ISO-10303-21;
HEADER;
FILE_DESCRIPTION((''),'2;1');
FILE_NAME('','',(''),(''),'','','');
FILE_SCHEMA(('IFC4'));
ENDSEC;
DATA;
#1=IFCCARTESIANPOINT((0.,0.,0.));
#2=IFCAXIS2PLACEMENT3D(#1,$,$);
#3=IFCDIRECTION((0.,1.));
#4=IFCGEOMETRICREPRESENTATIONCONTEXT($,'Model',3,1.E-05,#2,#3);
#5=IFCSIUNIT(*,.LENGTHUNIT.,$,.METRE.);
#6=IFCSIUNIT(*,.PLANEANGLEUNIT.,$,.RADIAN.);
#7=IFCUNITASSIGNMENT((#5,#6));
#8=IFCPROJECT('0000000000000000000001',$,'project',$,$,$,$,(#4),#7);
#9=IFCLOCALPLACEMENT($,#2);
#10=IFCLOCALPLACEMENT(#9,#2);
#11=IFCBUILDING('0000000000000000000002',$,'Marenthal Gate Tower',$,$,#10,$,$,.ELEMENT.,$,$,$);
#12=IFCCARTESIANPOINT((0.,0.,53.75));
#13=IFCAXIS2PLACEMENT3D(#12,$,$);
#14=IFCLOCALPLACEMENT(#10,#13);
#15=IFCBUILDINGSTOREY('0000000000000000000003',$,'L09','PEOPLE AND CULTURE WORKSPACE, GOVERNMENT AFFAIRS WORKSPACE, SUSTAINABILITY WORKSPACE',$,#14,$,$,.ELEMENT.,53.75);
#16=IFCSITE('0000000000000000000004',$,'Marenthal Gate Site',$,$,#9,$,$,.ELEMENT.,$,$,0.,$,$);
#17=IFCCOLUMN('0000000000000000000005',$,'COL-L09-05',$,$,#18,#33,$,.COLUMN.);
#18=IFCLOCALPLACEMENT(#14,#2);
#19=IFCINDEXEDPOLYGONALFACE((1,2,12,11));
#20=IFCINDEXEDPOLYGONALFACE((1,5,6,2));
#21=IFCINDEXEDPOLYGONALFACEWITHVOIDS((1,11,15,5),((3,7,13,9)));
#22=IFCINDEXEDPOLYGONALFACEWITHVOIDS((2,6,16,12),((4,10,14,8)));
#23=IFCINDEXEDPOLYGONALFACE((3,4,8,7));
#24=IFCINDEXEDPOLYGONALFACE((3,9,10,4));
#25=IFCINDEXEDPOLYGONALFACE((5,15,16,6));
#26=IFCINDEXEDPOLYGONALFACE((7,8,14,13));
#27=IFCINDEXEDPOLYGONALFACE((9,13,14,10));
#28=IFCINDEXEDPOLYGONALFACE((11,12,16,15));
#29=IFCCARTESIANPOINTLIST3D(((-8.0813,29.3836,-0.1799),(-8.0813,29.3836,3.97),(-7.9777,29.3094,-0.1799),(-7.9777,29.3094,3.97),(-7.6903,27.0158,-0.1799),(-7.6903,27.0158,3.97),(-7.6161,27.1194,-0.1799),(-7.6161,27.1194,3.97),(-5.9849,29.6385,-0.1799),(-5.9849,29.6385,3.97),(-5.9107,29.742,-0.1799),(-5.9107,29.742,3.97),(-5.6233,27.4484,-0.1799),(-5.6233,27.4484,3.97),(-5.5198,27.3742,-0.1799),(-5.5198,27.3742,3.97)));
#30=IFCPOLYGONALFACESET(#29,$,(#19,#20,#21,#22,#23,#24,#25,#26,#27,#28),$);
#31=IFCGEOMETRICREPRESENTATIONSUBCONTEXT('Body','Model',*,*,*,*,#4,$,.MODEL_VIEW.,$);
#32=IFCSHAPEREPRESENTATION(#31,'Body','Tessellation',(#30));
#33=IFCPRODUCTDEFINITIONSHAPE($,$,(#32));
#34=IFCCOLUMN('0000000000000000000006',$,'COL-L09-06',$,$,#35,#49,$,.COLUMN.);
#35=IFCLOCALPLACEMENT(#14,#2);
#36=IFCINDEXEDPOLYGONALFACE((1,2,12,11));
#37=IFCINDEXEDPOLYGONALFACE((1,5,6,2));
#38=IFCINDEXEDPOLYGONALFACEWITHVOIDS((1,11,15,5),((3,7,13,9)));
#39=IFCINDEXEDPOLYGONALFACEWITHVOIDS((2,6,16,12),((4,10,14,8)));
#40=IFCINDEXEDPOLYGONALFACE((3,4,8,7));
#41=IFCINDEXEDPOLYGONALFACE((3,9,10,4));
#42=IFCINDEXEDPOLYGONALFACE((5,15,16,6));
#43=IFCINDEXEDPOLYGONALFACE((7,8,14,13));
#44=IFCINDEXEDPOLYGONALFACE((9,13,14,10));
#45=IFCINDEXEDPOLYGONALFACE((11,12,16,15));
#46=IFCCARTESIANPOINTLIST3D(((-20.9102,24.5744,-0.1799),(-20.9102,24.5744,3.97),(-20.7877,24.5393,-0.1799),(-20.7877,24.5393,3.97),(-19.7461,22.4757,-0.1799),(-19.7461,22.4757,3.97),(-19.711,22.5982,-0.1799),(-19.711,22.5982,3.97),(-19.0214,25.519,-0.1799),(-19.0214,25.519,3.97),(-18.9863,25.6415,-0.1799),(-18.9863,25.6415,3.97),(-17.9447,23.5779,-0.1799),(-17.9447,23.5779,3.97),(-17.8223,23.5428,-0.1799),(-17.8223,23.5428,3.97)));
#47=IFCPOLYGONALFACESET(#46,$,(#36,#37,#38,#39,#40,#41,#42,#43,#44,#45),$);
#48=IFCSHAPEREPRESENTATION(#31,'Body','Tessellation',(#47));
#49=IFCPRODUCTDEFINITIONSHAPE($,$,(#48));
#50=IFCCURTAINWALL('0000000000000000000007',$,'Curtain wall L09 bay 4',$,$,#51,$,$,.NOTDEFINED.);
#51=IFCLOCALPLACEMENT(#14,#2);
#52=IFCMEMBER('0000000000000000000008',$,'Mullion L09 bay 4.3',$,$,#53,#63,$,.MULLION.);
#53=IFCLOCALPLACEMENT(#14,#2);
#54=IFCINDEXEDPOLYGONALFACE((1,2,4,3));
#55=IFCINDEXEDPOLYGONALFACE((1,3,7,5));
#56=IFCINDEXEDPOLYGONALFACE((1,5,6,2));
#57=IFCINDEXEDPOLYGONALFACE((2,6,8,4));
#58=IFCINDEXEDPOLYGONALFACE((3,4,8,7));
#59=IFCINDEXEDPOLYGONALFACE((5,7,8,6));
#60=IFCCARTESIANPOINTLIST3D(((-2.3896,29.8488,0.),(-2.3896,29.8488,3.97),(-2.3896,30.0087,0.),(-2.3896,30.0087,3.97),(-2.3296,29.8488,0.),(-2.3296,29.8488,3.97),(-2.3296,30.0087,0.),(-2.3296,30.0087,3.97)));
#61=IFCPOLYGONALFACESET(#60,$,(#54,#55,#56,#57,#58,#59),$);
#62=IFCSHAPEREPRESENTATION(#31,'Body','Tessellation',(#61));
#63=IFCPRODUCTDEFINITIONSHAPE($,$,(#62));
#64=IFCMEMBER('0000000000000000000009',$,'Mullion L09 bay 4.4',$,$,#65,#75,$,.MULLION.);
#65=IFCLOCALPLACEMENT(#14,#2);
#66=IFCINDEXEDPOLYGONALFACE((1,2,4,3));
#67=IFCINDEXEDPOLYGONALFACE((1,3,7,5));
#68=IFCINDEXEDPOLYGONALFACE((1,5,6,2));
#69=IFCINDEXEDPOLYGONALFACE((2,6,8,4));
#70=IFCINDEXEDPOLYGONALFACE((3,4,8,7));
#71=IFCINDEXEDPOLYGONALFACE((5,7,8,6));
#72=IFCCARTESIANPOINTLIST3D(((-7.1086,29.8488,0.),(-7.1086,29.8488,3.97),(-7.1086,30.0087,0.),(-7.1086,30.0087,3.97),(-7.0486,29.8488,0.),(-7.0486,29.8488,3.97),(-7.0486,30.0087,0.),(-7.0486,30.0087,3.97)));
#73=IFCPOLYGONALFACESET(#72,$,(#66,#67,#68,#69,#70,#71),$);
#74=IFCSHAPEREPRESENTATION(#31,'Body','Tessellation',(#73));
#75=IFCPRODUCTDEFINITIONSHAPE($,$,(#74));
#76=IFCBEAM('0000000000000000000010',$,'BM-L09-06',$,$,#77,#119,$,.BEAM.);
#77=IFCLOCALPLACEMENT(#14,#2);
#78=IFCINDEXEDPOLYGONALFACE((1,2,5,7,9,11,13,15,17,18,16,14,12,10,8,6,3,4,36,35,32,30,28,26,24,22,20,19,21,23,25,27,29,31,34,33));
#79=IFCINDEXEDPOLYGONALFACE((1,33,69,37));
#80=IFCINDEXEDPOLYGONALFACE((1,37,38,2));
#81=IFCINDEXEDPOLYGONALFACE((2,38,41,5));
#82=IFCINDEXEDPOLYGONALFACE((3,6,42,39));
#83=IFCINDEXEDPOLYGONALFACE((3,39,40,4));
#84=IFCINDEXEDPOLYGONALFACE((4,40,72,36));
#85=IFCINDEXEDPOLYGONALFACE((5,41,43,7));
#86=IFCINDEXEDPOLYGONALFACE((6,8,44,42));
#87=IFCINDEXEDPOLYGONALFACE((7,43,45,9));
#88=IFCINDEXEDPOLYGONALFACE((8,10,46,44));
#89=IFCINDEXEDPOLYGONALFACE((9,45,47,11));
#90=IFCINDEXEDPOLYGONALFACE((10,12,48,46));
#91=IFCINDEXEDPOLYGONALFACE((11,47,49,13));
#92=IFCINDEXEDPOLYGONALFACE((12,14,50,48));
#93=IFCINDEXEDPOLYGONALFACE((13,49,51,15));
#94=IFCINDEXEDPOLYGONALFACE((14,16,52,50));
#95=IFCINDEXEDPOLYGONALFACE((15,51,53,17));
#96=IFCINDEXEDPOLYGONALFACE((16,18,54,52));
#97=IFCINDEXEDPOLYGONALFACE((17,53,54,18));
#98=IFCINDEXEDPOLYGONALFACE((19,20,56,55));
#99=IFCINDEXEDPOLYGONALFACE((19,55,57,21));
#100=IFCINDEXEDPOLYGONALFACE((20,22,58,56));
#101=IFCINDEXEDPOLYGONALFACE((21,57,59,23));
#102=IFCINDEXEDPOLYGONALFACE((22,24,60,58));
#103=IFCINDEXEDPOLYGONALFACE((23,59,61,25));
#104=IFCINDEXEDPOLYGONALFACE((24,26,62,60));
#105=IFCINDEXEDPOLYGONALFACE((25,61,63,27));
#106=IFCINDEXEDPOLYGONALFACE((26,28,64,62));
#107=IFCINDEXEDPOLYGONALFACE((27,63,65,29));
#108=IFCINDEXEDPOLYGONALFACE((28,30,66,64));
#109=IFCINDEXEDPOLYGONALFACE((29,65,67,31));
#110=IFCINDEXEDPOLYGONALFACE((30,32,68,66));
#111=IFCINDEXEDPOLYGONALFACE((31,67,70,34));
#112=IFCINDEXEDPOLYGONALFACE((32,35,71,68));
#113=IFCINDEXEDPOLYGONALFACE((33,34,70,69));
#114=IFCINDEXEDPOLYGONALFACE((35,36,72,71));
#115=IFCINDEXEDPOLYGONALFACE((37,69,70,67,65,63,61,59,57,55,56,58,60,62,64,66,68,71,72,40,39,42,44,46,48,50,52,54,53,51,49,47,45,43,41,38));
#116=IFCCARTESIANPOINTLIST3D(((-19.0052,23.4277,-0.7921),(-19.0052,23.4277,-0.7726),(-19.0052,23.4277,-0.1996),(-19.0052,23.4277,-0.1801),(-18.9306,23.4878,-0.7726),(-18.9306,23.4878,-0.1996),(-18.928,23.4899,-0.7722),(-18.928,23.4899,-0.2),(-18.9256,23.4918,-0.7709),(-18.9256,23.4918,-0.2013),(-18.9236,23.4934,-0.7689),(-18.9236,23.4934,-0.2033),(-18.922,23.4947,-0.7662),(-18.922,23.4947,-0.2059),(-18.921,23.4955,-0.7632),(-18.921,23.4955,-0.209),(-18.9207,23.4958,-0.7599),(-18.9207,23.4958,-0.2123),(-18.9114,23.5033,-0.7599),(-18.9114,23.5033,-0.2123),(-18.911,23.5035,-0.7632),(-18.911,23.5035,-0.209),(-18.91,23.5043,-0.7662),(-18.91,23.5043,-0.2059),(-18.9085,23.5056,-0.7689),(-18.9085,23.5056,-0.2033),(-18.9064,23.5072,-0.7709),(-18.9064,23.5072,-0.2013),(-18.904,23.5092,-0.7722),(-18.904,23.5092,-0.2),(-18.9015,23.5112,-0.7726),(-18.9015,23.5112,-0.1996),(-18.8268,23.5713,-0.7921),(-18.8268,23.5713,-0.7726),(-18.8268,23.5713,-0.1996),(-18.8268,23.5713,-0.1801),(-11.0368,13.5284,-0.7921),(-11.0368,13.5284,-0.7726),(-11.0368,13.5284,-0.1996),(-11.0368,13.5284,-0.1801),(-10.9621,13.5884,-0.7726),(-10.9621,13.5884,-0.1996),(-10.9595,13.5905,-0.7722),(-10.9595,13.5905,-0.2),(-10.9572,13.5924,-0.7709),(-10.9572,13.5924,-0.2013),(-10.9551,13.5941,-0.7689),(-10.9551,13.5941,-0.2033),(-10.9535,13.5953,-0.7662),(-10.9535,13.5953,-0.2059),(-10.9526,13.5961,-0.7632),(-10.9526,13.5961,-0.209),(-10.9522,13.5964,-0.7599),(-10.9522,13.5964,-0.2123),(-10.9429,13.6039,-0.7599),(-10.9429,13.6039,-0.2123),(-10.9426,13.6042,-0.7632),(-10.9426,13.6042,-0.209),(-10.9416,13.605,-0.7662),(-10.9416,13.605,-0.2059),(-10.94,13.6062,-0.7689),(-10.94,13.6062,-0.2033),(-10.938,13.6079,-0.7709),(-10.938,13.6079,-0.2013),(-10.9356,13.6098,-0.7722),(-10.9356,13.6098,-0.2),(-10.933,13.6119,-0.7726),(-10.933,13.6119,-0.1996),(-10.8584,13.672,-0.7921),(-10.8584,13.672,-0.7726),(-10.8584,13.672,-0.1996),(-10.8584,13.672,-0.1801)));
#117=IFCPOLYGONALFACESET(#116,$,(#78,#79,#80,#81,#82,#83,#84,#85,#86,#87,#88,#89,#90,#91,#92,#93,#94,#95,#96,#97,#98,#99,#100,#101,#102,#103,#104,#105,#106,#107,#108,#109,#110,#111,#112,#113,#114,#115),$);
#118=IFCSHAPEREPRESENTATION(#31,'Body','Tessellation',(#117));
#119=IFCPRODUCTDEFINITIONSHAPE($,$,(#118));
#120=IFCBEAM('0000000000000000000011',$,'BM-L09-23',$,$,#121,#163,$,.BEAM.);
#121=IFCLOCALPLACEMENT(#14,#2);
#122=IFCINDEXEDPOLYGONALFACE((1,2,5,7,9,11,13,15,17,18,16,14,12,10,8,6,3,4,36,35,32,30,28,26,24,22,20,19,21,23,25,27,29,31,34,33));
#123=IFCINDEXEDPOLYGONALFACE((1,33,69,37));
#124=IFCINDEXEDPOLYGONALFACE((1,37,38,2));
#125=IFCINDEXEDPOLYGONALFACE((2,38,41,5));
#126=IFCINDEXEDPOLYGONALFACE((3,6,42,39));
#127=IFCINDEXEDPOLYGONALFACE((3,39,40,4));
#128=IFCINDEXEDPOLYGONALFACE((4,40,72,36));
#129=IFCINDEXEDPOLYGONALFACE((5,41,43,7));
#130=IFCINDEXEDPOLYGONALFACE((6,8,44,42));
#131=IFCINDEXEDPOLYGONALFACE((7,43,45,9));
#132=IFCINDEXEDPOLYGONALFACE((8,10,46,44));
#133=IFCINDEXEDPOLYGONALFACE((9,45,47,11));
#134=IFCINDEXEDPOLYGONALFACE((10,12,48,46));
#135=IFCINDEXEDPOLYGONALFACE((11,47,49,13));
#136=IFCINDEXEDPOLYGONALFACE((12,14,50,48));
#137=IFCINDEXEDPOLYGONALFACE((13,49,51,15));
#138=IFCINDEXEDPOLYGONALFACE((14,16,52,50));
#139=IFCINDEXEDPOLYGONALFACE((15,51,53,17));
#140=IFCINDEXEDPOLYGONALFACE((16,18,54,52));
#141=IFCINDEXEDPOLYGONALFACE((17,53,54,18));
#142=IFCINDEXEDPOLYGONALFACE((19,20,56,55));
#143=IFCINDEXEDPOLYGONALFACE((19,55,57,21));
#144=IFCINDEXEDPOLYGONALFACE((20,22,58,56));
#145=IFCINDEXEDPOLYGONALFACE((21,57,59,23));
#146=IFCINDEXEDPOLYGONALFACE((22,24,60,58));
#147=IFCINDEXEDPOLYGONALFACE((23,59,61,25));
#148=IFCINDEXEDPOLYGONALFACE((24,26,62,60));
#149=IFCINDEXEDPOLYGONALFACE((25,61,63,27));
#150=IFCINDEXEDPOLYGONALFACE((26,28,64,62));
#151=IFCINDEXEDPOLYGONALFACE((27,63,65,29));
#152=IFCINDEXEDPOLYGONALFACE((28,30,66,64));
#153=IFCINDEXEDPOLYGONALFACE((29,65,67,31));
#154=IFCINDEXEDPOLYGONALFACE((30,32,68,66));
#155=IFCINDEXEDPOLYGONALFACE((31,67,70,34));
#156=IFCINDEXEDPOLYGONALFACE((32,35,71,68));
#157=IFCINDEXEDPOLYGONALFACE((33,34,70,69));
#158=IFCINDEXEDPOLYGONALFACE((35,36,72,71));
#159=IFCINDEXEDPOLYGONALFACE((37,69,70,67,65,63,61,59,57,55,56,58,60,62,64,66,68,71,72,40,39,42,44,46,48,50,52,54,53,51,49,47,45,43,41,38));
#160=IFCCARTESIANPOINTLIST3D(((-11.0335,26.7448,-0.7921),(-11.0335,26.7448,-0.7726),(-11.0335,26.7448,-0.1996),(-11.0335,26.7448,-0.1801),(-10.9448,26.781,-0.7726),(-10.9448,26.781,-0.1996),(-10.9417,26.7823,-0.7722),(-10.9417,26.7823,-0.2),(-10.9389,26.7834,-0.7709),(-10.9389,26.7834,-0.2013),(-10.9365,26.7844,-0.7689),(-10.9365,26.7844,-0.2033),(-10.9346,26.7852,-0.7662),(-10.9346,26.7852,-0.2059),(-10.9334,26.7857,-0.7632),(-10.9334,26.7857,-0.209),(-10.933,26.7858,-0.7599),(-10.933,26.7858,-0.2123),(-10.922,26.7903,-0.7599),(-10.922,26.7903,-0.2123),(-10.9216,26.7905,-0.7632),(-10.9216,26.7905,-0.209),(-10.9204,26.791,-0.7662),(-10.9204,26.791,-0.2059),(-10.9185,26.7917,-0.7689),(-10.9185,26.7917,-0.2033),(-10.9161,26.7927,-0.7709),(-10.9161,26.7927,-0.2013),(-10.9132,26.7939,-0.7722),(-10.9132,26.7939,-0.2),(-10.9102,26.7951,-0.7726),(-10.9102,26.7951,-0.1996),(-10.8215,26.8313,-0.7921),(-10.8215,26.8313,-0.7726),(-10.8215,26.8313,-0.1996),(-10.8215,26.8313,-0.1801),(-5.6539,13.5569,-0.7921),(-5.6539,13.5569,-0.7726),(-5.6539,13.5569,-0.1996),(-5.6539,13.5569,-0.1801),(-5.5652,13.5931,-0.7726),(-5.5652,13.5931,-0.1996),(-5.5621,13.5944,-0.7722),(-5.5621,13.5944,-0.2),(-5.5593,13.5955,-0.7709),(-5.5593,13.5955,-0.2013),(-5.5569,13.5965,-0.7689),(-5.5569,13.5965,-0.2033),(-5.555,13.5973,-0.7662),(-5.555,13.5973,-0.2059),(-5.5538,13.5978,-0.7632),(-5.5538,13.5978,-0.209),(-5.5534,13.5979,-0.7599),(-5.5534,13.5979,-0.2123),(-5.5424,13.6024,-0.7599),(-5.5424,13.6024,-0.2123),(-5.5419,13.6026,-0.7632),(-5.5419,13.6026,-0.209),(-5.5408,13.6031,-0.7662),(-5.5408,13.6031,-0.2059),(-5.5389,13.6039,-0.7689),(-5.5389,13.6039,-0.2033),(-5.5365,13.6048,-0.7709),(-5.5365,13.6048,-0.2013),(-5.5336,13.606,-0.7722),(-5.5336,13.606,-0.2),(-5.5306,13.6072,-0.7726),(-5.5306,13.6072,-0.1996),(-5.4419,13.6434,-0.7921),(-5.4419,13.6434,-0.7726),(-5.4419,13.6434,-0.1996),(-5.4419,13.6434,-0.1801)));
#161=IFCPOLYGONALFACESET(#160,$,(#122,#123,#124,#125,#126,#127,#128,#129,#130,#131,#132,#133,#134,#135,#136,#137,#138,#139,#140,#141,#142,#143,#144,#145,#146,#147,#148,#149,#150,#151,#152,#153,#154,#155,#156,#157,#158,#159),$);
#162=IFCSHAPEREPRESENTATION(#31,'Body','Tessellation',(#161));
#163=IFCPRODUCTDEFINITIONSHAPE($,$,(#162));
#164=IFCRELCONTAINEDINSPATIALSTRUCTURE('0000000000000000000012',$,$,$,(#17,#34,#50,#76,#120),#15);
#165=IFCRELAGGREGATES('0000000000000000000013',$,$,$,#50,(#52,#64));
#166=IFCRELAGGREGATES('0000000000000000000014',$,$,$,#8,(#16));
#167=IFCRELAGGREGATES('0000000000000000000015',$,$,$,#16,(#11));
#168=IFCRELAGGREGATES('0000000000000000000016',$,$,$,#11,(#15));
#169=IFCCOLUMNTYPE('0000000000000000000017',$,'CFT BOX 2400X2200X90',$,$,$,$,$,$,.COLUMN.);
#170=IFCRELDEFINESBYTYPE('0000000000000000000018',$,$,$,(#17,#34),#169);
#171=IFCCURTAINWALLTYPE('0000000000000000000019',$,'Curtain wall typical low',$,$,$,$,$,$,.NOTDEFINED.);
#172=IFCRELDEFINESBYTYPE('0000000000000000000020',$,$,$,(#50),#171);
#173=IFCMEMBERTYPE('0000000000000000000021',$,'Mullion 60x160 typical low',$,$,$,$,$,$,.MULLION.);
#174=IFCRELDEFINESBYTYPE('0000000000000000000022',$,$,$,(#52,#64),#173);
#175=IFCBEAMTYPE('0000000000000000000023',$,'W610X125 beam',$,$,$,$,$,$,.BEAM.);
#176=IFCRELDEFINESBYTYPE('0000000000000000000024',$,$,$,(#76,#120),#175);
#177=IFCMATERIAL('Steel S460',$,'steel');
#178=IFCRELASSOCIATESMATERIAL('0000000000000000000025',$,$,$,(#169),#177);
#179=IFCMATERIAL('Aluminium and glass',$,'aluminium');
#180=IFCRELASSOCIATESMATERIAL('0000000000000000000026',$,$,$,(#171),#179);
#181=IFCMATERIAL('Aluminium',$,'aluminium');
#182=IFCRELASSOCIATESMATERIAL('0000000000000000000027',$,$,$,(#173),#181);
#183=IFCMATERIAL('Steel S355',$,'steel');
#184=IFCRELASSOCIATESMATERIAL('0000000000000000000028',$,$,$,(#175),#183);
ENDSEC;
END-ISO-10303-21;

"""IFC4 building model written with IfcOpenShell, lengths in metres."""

from ifc_helpers import new_model, si_unit, direction, frame, origin, origin_2d, place, context, subcontext, project, spatial, rectangle, hollow_rectangle, i_section, extrude, material, material_profile, profile_set, type_object, element, aggregate, save


model = new_model("IFC4")

# Units and contexts
model_context = context("Model", 3, precision=1e-05, world=origin(), true_north=direction((0.0, 1.0)))
body_context = subcontext(model_context, "Body", "Model", "MODEL_VIEW")
ifc_project = project(units=[si_unit("LENGTHUNIT", "METRE"), si_unit("PLANEANGLEUNIT", "RADIAN")], contexts=[model_context])

# Site, building, storey
site_placement = place(None, origin())
site = spatial("IfcSite", under=ifc_project, at=site_placement, Name="Marenthal Gate Site", CompositionType="ELEMENT", RefElevation=0.0)
building_placement = place(site_placement, origin())
building = spatial("IfcBuilding", under=site, at=building_placement, Name="Marenthal Gate Tower", CompositionType="ELEMENT")
storey_placement = place(building_placement, frame((0.0, 0.0, 53.75)))
storey = spatial("IfcBuildingStorey", under=building, at=storey_placement, Name="L09", Description="PEOPLE AND CULTURE WORKSPACE, GOVERNMENT AFFAIRS WORKSPACE, SUSTAINABILITY WORKSPACE", CompositionType="ELEMENT", Elevation=53.75)

# Columns
ifc_material_1 = material(Name="Steel S460", Category="steel")
ifc_material_profile_1 = material_profile(ifc_material_1, hollow_rectangle(XDim=2.2, YDim=2.3999, WallThickness=0.0901, at=origin_2d()), Name="CFT BOX 2400X2200X90")
ifc_material_2 = material(Name="Concrete 70 MPa", Category="concrete")
ifc_material_profile_2 = material_profile(ifc_material_2, rectangle(XDim=2.02, YDim=2.22, at=origin_2d()), Name="CFT BOX 2400X2200X90 INFILL")
ifc_profile_set_1 = profile_set([ifc_material_profile_1, ifc_material_profile_2], Name="Steel S460 shell, Concrete 70 MPa infill")
column_type = type_object("IfcColumnType", Name="CFT BOX 2400X2200X90", PredefinedType="COLUMN", material=ifc_profile_set_1)
for number, where, z_axis, x_axis, name in (
    (1, (-6.8005, 28.3789, -0.1799), (0.0, 0.0, 1.0), (0.986641, 0.162908, 0.0), "COL-L09-05"),
    (2, (-19.3662, 24.0586, -0.1799), (0.0, 0.0, 1.0), (0.874496, 0.485032, 0.0), "COL-L09-06"),
):
    element("IfcColumn", number, at=place(storey_placement, frame(where, z_axis=z_axis, x_axis=x_axis)), inside=storey, type_object=column_type, Name=name, PredefinedType="COLUMN", context=body_context, shape_type="SweptSolid", body=[
        extrude(hollow_rectangle(XDim=2.2, YDim=2.3999, WallThickness=0.0901, at=origin_2d()), origin(), (0.0, 0.0, 1.0), 4.1499),
    ])

# Curtain wall, members
ifc_material_3 = material(Name="Aluminium and glass", Category="aluminium")
curtain_wall_type = type_object("IfcCurtainWallType", Name="Curtain wall typical low", PredefinedType="NOTDEFINED", material=ifc_material_3)
curtain_wall_placement = place(storey_placement, origin())
curtain_wall = element("IfcCurtainWall", 3, at=curtain_wall_placement, inside=storey, type_object=curtain_wall_type, Name="Curtain wall L09 bay 4", PredefinedType="NOTDEFINED")
ifc_material_4 = material(Name="Aluminium", Category="aluminium")
ifc_material_profile_3 = material_profile(ifc_material_4, rectangle(XDim=0.1599, YDim=0.0601, at=origin_2d()), Name="60x160 aluminium mullion")
ifc_profile_set_2 = profile_set([ifc_material_profile_3], Name="Aluminium")
member_type = type_object("IfcMemberType", Name="Mullion 60x160 typical low", PredefinedType="MULLION", material=ifc_profile_set_2)
member_1_placement = place(storey_placement, frame((-2.3596, 29.9287, 0.0), z_axis=(0.0, 0.0, 1.0), x_axis=(0.0, -1.0, 0.0)))
member_1 = element("IfcMember", 4, at=member_1_placement, type_object=member_type, Name="Mullion L09 bay 4.3", PredefinedType="MULLION", context=body_context, shape_type="SweptSolid", body=[
    extrude(rectangle(XDim=0.1599, YDim=0.0601, at=origin_2d()), origin(), (0.0, 0.0, 1.0), 3.97),
])
member_2_placement = place(storey_placement, frame((-7.0786, 29.9287, 0.0), z_axis=(0.0, 0.0, 1.0), x_axis=(0.0, -1.0, 0.0)))
member_2 = element("IfcMember", 5, at=member_2_placement, type_object=member_type, Name="Mullion L09 bay 4.4", PredefinedType="MULLION", context=body_context, shape_type="SweptSolid", body=[
    extrude(rectangle(XDim=0.1599, YDim=0.0601, at=origin_2d()), origin(), (0.0, 0.0, 1.0), 3.97),
])

# Beams
ifc_material_5 = material(Name="Steel S355", Category="steel")
ifc_material_profile_4 = material_profile(ifc_material_5, i_section(OverallWidth=0.229, OverallDepth=0.6121, WebThickness=0.012, FlangeThickness=0.0195, FilletRadius=0.0127, at=origin_2d()), Name="W610X125")
ifc_profile_set_3 = profile_set([ifc_material_profile_4], Name="Steel S355")
beam_type_1 = type_object("IfcBeamType", Name="W610X125 beam", PredefinedType="BEAM", material=ifc_profile_set_3)
beam_1_placement = place(storey_placement, frame((-18.916, 23.4995, -0.4861), z_axis=(0.627042, -0.778985, 0.0), x_axis=(0.778985, 0.627042, 0.0)))
element("IfcBeam", 6, at=beam_1_placement, inside=storey, type_object=beam_type_1, Name="BM-L09-06", PredefinedType="BEAM", context=body_context, shape_type="SweptSolid", body=[
    extrude(i_section(OverallWidth=0.229, OverallDepth=0.6121, WebThickness=0.012, FlangeThickness=0.0195, FilletRadius=0.0127, at=origin_2d()), origin(), (0.0, 0.0, 1.0), 12.708),
])
beam_2_placement = place(storey_placement, frame((-10.9275, 26.7881, -0.4861), z_axis=(0.377704, -0.925927, 0.0), x_axis=(0.925927, 0.377704, 0.0)))
element("IfcBeam", 7, at=beam_2_placement, inside=storey, type_object=beam_type_1, Name="BM-L09-23", PredefinedType="BEAM", context=body_context, shape_type="SweptSolid", body=[
    extrude(i_section(OverallWidth=0.229, OverallDepth=0.6121, WebThickness=0.012, FlangeThickness=0.0195, FilletRadius=0.0127, at=origin_2d()), origin(), (0.0, 0.0, 1.0), 14.2429),
])

aggregate(curtain_wall, [member_1, member_2])

save(model, "model.ifc")
